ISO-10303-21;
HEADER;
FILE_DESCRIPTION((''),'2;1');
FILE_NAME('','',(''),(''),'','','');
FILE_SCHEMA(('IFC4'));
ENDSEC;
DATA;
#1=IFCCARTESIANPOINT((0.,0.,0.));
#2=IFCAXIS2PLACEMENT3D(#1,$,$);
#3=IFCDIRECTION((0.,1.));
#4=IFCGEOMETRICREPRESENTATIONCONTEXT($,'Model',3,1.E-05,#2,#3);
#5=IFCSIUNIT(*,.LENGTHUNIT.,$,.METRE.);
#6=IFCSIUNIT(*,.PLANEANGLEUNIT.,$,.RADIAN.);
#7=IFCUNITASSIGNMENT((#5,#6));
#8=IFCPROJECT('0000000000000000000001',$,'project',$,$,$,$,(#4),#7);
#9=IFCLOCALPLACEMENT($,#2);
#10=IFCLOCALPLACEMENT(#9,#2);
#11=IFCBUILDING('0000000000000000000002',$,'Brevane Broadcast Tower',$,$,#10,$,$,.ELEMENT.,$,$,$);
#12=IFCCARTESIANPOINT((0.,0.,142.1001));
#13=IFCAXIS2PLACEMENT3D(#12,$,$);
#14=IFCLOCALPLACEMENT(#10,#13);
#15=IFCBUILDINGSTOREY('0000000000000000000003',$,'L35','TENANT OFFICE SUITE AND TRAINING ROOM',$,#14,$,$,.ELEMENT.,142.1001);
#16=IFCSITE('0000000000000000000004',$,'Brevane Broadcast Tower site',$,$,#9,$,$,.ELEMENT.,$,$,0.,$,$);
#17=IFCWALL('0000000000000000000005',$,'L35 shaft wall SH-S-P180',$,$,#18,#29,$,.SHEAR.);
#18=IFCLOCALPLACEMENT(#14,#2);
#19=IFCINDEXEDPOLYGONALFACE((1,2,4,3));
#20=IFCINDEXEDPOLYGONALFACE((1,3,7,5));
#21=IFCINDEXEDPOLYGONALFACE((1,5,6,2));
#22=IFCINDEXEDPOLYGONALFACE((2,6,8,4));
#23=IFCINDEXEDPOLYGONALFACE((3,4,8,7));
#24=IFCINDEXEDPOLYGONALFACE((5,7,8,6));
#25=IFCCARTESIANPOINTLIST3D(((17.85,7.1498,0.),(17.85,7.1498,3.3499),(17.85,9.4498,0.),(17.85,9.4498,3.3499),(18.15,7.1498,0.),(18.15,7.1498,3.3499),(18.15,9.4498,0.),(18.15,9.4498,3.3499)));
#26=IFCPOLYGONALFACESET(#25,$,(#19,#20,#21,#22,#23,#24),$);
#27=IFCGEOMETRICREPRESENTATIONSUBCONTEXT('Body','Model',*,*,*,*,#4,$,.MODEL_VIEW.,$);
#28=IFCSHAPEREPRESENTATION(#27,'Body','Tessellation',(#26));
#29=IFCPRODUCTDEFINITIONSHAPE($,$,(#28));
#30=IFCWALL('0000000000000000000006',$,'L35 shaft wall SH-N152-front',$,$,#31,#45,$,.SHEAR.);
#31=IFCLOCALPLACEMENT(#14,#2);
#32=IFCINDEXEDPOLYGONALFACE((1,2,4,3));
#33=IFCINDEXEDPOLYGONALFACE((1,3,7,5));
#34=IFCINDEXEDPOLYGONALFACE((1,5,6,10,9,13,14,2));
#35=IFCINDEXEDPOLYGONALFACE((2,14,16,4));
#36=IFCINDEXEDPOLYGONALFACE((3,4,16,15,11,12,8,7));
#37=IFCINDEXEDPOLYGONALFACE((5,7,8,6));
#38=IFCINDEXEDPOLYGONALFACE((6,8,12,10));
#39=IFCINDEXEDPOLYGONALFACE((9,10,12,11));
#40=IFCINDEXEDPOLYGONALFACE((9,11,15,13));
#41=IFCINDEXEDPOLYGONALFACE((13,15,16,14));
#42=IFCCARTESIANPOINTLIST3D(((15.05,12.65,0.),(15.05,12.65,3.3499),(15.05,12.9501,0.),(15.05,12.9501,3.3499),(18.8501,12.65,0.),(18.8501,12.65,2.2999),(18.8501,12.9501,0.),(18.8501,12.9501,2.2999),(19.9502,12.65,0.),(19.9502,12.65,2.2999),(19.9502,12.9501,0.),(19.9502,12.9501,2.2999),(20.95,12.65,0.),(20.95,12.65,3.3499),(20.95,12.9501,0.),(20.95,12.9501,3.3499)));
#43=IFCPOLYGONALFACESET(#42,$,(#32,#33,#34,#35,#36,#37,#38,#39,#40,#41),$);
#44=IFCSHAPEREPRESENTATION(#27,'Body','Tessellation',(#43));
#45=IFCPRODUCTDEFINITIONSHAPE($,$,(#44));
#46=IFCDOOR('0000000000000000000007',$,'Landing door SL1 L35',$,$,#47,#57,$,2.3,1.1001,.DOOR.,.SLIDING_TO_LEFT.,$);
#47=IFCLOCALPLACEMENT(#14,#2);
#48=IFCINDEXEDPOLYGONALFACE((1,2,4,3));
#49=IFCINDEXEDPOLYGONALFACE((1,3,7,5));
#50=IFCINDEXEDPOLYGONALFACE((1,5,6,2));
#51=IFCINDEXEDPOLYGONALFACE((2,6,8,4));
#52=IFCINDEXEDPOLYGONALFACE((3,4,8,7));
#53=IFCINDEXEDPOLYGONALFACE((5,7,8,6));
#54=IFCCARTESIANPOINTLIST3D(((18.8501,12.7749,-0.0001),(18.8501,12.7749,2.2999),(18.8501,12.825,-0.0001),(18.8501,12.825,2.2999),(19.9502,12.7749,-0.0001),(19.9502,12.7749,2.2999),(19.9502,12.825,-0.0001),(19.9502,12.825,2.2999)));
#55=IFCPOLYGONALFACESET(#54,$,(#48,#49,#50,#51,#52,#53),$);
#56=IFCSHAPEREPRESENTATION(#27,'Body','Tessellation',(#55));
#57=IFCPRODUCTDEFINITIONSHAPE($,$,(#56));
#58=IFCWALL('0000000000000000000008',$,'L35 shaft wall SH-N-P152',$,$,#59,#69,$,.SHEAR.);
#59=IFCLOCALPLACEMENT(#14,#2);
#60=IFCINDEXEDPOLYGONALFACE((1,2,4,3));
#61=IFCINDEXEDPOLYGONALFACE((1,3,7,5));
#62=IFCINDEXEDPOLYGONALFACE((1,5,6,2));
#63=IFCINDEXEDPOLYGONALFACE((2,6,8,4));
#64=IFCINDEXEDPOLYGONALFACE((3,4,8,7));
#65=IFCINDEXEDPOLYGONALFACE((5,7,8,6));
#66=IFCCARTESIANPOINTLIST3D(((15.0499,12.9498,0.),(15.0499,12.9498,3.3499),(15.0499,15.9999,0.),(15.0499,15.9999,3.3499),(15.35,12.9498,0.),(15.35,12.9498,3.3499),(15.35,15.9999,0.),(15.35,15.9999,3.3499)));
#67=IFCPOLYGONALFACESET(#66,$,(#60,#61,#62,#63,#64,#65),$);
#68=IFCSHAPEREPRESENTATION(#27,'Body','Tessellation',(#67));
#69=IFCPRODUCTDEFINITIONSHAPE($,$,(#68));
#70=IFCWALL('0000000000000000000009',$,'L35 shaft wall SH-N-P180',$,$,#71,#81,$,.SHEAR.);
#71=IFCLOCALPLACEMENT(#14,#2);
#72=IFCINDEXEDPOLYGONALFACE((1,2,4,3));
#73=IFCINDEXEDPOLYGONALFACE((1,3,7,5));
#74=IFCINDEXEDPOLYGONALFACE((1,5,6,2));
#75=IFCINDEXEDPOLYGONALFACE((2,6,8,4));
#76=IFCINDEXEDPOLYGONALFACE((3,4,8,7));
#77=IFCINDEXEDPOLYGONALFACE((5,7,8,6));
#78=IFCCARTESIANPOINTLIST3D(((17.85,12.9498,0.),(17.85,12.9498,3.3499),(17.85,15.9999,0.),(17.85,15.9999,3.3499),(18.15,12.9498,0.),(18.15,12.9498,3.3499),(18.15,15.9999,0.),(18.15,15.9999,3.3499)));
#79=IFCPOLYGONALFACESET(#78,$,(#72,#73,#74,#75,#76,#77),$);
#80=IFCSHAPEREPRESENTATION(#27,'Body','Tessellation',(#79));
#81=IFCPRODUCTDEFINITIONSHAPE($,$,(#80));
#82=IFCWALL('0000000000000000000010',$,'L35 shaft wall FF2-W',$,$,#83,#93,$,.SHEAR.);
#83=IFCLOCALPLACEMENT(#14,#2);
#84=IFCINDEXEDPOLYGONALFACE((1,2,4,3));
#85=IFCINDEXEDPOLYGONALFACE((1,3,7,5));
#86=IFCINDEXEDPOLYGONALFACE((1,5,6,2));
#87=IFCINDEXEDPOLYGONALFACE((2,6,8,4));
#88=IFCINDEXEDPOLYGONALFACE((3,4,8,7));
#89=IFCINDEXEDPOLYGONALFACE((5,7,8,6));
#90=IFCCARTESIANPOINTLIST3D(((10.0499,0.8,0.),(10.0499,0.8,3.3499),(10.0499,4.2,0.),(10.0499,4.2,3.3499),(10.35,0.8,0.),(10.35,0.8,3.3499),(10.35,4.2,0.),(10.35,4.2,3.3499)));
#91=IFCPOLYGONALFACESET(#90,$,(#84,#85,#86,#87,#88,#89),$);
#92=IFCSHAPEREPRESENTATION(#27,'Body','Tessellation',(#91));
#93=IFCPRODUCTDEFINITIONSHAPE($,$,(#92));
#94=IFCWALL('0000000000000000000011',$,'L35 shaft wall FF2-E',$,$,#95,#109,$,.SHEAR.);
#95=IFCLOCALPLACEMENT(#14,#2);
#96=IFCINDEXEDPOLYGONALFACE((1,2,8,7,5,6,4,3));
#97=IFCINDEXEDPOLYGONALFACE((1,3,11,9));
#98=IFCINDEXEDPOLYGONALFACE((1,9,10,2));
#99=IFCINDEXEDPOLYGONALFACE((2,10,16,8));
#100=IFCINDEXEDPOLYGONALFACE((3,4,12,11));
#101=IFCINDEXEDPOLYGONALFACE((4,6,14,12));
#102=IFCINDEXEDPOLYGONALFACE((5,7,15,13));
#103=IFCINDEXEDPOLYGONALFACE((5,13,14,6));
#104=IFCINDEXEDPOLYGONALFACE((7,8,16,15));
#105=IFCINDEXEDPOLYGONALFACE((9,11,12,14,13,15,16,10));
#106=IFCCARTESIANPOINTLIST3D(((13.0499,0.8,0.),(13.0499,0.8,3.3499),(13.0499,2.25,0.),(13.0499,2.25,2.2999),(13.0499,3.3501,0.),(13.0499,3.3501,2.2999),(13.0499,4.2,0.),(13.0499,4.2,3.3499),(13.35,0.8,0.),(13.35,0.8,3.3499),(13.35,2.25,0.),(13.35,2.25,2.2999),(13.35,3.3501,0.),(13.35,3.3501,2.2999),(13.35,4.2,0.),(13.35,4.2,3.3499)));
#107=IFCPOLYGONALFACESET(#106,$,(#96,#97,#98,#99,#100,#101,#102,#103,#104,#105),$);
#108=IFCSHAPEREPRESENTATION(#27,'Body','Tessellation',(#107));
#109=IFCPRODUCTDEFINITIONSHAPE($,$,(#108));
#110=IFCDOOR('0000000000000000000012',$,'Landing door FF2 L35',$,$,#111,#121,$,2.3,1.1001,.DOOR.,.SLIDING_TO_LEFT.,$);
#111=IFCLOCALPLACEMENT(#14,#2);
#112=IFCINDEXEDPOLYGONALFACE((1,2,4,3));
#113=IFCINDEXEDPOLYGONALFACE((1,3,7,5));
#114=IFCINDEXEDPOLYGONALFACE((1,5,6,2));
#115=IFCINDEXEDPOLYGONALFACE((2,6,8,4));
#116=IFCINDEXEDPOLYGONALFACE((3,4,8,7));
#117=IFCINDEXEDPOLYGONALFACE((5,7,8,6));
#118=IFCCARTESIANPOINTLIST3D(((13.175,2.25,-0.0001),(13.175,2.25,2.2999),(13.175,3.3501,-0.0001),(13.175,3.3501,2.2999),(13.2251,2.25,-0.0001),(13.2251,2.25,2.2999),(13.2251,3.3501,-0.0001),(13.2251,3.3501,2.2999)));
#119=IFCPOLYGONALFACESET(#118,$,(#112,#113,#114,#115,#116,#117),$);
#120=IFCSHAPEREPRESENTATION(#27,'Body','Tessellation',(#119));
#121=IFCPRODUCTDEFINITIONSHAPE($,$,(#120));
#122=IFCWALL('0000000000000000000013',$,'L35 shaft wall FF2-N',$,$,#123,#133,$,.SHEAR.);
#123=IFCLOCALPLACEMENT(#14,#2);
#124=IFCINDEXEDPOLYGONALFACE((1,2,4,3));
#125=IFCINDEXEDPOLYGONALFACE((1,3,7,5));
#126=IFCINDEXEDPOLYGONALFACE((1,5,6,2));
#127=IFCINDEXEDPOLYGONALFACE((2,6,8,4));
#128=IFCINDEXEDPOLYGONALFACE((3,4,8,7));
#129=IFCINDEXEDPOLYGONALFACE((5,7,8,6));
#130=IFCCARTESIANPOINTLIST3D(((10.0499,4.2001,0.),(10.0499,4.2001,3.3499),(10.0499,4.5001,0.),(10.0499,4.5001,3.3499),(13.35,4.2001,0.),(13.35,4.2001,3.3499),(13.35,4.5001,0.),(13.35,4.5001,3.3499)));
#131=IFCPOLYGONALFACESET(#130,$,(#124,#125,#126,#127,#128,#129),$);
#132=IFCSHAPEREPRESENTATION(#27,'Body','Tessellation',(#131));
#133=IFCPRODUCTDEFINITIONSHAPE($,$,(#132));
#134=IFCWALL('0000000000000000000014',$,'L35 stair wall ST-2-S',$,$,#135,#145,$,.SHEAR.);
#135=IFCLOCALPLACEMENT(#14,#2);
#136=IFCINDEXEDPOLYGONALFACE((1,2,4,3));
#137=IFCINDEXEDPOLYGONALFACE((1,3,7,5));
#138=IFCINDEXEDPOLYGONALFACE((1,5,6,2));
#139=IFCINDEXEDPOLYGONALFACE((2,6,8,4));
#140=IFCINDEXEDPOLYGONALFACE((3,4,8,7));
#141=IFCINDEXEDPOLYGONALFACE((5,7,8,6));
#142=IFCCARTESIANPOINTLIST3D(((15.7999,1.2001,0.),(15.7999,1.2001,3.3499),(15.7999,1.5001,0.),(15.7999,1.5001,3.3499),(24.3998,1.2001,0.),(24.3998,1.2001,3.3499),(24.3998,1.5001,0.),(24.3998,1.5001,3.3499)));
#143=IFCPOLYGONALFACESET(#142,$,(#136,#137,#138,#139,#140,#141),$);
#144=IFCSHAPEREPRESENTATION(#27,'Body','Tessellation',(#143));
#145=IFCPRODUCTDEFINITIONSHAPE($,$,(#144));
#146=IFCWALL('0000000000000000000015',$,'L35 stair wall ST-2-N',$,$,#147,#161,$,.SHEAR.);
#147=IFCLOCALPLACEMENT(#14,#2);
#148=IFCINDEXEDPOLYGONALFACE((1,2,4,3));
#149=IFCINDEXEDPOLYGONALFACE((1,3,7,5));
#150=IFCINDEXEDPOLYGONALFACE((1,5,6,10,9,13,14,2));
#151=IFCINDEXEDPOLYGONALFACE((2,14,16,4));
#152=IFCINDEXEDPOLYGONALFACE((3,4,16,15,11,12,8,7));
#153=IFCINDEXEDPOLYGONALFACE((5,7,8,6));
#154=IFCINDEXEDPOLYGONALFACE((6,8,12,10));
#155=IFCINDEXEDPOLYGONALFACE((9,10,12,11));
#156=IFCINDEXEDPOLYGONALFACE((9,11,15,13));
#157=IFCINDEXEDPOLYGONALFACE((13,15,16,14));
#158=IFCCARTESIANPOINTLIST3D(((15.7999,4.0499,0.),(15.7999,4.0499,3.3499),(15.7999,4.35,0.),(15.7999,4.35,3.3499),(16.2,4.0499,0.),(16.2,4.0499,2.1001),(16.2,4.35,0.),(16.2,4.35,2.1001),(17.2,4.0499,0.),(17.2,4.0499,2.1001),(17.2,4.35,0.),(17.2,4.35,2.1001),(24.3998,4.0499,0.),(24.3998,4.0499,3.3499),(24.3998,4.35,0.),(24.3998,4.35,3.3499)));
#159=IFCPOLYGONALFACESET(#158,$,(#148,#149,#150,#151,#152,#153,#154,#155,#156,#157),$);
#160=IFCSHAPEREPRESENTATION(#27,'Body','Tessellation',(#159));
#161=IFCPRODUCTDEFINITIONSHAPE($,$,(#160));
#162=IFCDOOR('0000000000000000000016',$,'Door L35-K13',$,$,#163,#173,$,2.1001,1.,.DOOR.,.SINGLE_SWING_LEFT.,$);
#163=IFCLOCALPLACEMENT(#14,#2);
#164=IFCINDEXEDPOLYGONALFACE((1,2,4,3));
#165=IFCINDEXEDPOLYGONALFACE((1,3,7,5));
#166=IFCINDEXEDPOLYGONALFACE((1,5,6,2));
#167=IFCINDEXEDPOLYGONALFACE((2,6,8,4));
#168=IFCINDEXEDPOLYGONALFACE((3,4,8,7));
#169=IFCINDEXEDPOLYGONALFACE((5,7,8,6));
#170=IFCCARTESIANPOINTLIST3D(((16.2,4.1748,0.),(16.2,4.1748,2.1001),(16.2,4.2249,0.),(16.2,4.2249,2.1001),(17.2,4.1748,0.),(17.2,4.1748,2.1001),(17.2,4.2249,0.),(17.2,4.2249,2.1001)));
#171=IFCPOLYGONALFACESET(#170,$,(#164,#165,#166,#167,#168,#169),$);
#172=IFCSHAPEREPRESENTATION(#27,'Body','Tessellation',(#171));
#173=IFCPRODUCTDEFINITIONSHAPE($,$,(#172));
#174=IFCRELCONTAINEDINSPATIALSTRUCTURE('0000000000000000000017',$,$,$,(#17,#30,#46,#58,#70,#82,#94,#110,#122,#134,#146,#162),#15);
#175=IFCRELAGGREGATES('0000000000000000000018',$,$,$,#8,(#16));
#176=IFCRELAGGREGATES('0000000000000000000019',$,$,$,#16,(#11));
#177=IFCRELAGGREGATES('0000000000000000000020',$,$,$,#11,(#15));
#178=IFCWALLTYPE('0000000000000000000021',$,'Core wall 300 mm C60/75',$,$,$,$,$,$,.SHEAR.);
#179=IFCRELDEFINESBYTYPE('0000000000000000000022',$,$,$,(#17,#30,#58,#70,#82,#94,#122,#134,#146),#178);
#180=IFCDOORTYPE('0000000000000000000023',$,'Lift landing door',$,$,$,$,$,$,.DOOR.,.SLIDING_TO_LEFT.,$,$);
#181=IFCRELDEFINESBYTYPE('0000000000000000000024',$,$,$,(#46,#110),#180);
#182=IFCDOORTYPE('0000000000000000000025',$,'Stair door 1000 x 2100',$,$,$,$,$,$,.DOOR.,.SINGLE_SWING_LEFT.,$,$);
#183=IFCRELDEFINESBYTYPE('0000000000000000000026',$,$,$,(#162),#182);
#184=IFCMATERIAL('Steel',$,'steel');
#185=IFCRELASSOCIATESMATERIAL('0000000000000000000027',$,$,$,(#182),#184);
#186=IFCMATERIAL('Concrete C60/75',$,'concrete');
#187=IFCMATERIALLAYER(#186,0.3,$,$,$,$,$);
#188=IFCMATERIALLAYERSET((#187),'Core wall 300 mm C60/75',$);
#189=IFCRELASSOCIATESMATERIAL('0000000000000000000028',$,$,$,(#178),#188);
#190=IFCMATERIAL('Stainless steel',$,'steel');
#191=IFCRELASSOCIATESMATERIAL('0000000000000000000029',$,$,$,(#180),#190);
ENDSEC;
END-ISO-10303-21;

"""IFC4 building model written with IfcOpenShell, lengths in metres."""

from ifc_helpers import new_model, si_unit, direction, frame, frame_2d, origin, place, context, subcontext, project, spatial, rectangle, extrude, material, layer, layer_set, type_object, element, fill, save


model = new_model("IFC4")

# Units and contexts
model_context = context("Model", 3, precision=1e-05, world=origin(), true_north=direction((0.0, 1.0)))
body_context = subcontext(model_context, "Body", "Model", "MODEL_VIEW")
ifc_project = project(units=[si_unit("LENGTHUNIT", "METRE"), si_unit("PLANEANGLEUNIT", "RADIAN")], contexts=[model_context])

# Site, building, storey
site_placement = place(None, origin())
site = spatial("IfcSite", under=ifc_project, at=site_placement, Name="Brevane Broadcast Tower site", CompositionType="ELEMENT", RefElevation=0.0)
building_placement = place(site_placement, origin())
building = spatial("IfcBuilding", under=site, at=building_placement, Name="Brevane Broadcast Tower", CompositionType="ELEMENT")
storey_placement = place(building_placement, frame((0.0, 0.0, 142.1001)))
storey = spatial("IfcBuildingStorey", under=building, at=storey_placement, Name="L35", Description="TENANT OFFICE SUITE AND TRAINING ROOM", CompositionType="ELEMENT", Elevation=142.1001)

# Shared definitions
ifc_material_1 = material(Name="Steel", Category="steel")
door_type_1 = type_object("IfcDoorType", Name="Stair door 1000 x 2100", OperationType="SINGLE_SWING_LEFT", PredefinedType="DOOR", material=ifc_material_1)

# Wall
ifc_material_2 = material(Name="Concrete C60/75", Category="concrete")
ifc_layer_1 = layer(ifc_material_2, 0.3)
ifc_layer_set_1 = layer_set([ifc_layer_1], Name="Core wall 300 mm C60/75")
wall_type_1 = type_object("IfcWallType", Name="Core wall 300 mm C60/75", PredefinedType="SHEAR", material=ifc_layer_set_1)
for number, where, z_axis, x_axis, name in (
    (1, (18.0, 7.1499, 0.0), (0.0, 0.0, 1.0), (0.0, 1.0, 0.0), "L35 shaft wall SH-S-P180"),
):
    element("IfcWall", number, at=place(storey_placement, frame(where, z_axis=z_axis, x_axis=x_axis)), inside=storey, type_object=wall_type_1, Name=name, PredefinedType="SHEAR", context=body_context, shape_type="SweptSolid", body=[
        extrude(rectangle(XDim=2.3, YDim=0.3, at=frame_2d((1.1499, 0.0))), origin(), (0.0, 0.0, 1.0), 3.3499),
    ])

# Wall, opening, door
wall_1_placement = place(storey_placement, frame((15.05, 12.8, 0.0), z_axis=(0.0, 0.0, 1.0), x_axis=(1.0, 0.0, 0.0)))
wall_1 = element("IfcWall", 2, at=wall_1_placement, inside=storey, type_object=wall_type_1, Name="L35 shaft wall SH-N152-front", PredefinedType="SHEAR", context=body_context, shape_type="SweptSolid", body=[
    extrude(rectangle(XDim=5.8999, YDim=0.3, at=frame_2d((2.95, 0.0))), origin(), (0.0, 0.0, 1.0), 3.3499),
])
opening_1_placement = place(wall_1_placement, frame((3.8, 0.0, 0.0)))
opening_1 = element("IfcOpeningElement", 3, at=opening_1_placement, cuts=wall_1, PredefinedType="OPENING", context=body_context, shape_type="SweptSolid", body=[
    extrude(rectangle(XDim=1.1001, YDim=2.3, at=frame_2d((0.55, 1.1499))), frame((0.0, 0.1599, 0.0), z_axis=(0.0, -1.0, 0.0), x_axis=(1.0, 0.0, 0.0)), (0.0, 0.0, 1.0), 0.3201),
])
ifc_material_3 = material(Name="Stainless steel", Category="steel")
door_type_2 = type_object("IfcDoorType", Name="Lift landing door", OperationType="SLIDING_TO_LEFT", PredefinedType="DOOR", material=ifc_material_3)
door_1_placement = place(opening_1_placement, origin())
door_1 = element("IfcDoor", 4, at=door_1_placement, inside=storey, type_object=door_type_2, Name="Landing door SL1 L35", OperationType="SLIDING_TO_LEFT", OverallHeight=2.3, OverallWidth=1.1001, PredefinedType="DOOR", context=body_context, shape_type="SweptSolid", body=[
    extrude(rectangle(XDim=1.1001, YDim=2.3, at=frame_2d((0.55, 1.1499))), frame((0.0, 0.0249, 0.0), z_axis=(0.0, -1.0, 0.0), x_axis=(1.0, 0.0, 0.0)), (0.0, 0.0, 1.0), 0.05),
])
fill(opening_1, door_1)

# Walls
for number, where, z_axis, x_axis, name in (
    (5, (15.2, 12.95, 0.0), (0.0, 0.0, 1.0), (0.0, 1.0, 0.0), "L35 shaft wall SH-N-P152"),
    (6, (18.0, 12.95, 0.0), (0.0, 0.0, 1.0), (0.0, 1.0, 0.0), "L35 shaft wall SH-N-P180"),
):
    element("IfcWall", number, at=place(storey_placement, frame(where, z_axis=z_axis, x_axis=x_axis)), inside=storey, type_object=wall_type_1, Name=name, PredefinedType="SHEAR", context=body_context, shape_type="SweptSolid", body=[
        extrude(rectangle(XDim=3.05, YDim=0.3, at=frame_2d((1.5249, 0.0))), origin(), (0.0, 0.0, 1.0), 3.3499),
    ])
wall_2_placement = place(storey_placement, frame((10.2, 0.8, 0.0), z_axis=(0.0, 0.0, 1.0), x_axis=(0.0, 1.0, 0.0)))
element("IfcWall", 7, at=wall_2_placement, inside=storey, type_object=wall_type_1, Name="L35 shaft wall FF2-W", PredefinedType="SHEAR", context=body_context, shape_type="SweptSolid", body=[
    extrude(rectangle(XDim=3.3999, YDim=0.3, at=frame_2d((1.7, 0.0))), origin(), (0.0, 0.0, 1.0), 3.3499),
])

# Wall, opening, door
wall_3_placement = place(storey_placement, frame((13.2, 0.8, 0.0), z_axis=(0.0, 0.0, 1.0), x_axis=(0.0, 1.0, 0.0)))
wall_3 = element("IfcWall", 8, at=wall_3_placement, inside=storey, type_object=wall_type_1, Name="L35 shaft wall FF2-E", PredefinedType="SHEAR", context=body_context, shape_type="SweptSolid", body=[
    extrude(rectangle(XDim=3.3999, YDim=0.3, at=frame_2d((1.7, 0.0))), origin(), (0.0, 0.0, 1.0), 3.3499),
])
opening_2_placement = place(wall_3_placement, frame((1.45, 0.0, 0.0)))
opening_2 = element("IfcOpeningElement", 9, at=opening_2_placement, cuts=wall_3, PredefinedType="OPENING", context=body_context, shape_type="SweptSolid", body=[
    extrude(rectangle(XDim=1.1001, YDim=2.3, at=frame_2d((0.55, 1.1499))), frame((0.0, 0.1599, 0.0), z_axis=(0.0, -1.0, 0.0), x_axis=(1.0, 0.0, 0.0)), (0.0, 0.0, 1.0), 0.3201),
])
door_2_placement = place(opening_2_placement, origin())
door_2 = element("IfcDoor", 10, at=door_2_placement, inside=storey, type_object=door_type_2, Name="Landing door FF2 L35", OperationType="SLIDING_TO_LEFT", OverallHeight=2.3, OverallWidth=1.1001, PredefinedType="DOOR", context=body_context, shape_type="SweptSolid", body=[
    extrude(rectangle(XDim=1.1001, YDim=2.3, at=frame_2d((0.55, 1.1499))), frame((0.0, 0.0249, 0.0), z_axis=(0.0, -1.0, 0.0), x_axis=(1.0, 0.0, 0.0)), (0.0, 0.0, 1.0), 0.05),
])
fill(opening_2, door_2)

# Walls
wall_4_placement = place(storey_placement, frame((10.05, 4.3501, 0.0), z_axis=(0.0, 0.0, 1.0), x_axis=(1.0, 0.0, 0.0)))
element("IfcWall", 11, at=wall_4_placement, inside=storey, type_object=wall_type_1, Name="L35 shaft wall FF2-N", PredefinedType="SHEAR", context=body_context, shape_type="SweptSolid", body=[
    extrude(rectangle(XDim=3.3, YDim=0.3, at=frame_2d((1.6499, 0.0))), origin(), (0.0, 0.0, 1.0), 3.3499),
])
wall_5_placement = place(storey_placement, frame((15.8, 1.3501, 0.0), z_axis=(0.0, 0.0, 1.0), x_axis=(1.0, 0.0, 0.0)))
element("IfcWall", 12, at=wall_5_placement, inside=storey, type_object=wall_type_1, Name="L35 stair wall ST-2-S", PredefinedType="SHEAR", context=body_context, shape_type="SweptSolid", body=[
    extrude(rectangle(XDim=8.5999, YDim=0.3, at=frame_2d((4.2998, 0.0))), origin(), (0.0, 0.0, 1.0), 3.3499),
])

# Wall, opening, door
wall_6_placement = place(storey_placement, frame((15.8, 4.2, 0.0), z_axis=(0.0, 0.0, 1.0), x_axis=(1.0, 0.0, 0.0)))
wall_6 = element("IfcWall", 13, at=wall_6_placement, inside=storey, type_object=wall_type_1, Name="L35 stair wall ST-2-N", PredefinedType="SHEAR", context=body_context, shape_type="SweptSolid", body=[
    extrude(rectangle(XDim=8.5999, YDim=0.3, at=frame_2d((4.2998, 0.0))), origin(), (0.0, 0.0, 1.0), 3.3499),
])
opening_3_placement = place(wall_6_placement, frame((0.3999, 0.0, 0.0)))
opening_3 = element("IfcOpeningElement", 14, at=opening_3_placement, cuts=wall_6, PredefinedType="OPENING", context=body_context, shape_type="SweptSolid", body=[
    extrude(rectangle(XDim=1.0, YDim=2.1001, at=frame_2d((0.5, 1.05))), frame((0.0, 0.1599, 0.0), z_axis=(0.0, -1.0, 0.0), x_axis=(1.0, 0.0, 0.0)), (0.0, 0.0, 1.0), 0.3201),
])
door_3_placement = place(opening_3_placement, origin())
door_3 = element("IfcDoor", 15, at=door_3_placement, inside=storey, type_object=door_type_1, Name="Door L35-K13", OperationType="SINGLE_SWING_LEFT", OverallHeight=2.1001, OverallWidth=1.0, PredefinedType="DOOR", context=body_context, shape_type="SweptSolid", body=[
    extrude(rectangle(XDim=1.0, YDim=2.1001, at=frame_2d((0.5, 1.05))), frame((0.0, 0.0249, 0.0), z_axis=(0.0, -1.0, 0.0), x_axis=(1.0, 0.0, 0.0)), (0.0, 0.0, 1.0), 0.05),
])
fill(opening_3, door_3)

save(model, "model.ifc")
